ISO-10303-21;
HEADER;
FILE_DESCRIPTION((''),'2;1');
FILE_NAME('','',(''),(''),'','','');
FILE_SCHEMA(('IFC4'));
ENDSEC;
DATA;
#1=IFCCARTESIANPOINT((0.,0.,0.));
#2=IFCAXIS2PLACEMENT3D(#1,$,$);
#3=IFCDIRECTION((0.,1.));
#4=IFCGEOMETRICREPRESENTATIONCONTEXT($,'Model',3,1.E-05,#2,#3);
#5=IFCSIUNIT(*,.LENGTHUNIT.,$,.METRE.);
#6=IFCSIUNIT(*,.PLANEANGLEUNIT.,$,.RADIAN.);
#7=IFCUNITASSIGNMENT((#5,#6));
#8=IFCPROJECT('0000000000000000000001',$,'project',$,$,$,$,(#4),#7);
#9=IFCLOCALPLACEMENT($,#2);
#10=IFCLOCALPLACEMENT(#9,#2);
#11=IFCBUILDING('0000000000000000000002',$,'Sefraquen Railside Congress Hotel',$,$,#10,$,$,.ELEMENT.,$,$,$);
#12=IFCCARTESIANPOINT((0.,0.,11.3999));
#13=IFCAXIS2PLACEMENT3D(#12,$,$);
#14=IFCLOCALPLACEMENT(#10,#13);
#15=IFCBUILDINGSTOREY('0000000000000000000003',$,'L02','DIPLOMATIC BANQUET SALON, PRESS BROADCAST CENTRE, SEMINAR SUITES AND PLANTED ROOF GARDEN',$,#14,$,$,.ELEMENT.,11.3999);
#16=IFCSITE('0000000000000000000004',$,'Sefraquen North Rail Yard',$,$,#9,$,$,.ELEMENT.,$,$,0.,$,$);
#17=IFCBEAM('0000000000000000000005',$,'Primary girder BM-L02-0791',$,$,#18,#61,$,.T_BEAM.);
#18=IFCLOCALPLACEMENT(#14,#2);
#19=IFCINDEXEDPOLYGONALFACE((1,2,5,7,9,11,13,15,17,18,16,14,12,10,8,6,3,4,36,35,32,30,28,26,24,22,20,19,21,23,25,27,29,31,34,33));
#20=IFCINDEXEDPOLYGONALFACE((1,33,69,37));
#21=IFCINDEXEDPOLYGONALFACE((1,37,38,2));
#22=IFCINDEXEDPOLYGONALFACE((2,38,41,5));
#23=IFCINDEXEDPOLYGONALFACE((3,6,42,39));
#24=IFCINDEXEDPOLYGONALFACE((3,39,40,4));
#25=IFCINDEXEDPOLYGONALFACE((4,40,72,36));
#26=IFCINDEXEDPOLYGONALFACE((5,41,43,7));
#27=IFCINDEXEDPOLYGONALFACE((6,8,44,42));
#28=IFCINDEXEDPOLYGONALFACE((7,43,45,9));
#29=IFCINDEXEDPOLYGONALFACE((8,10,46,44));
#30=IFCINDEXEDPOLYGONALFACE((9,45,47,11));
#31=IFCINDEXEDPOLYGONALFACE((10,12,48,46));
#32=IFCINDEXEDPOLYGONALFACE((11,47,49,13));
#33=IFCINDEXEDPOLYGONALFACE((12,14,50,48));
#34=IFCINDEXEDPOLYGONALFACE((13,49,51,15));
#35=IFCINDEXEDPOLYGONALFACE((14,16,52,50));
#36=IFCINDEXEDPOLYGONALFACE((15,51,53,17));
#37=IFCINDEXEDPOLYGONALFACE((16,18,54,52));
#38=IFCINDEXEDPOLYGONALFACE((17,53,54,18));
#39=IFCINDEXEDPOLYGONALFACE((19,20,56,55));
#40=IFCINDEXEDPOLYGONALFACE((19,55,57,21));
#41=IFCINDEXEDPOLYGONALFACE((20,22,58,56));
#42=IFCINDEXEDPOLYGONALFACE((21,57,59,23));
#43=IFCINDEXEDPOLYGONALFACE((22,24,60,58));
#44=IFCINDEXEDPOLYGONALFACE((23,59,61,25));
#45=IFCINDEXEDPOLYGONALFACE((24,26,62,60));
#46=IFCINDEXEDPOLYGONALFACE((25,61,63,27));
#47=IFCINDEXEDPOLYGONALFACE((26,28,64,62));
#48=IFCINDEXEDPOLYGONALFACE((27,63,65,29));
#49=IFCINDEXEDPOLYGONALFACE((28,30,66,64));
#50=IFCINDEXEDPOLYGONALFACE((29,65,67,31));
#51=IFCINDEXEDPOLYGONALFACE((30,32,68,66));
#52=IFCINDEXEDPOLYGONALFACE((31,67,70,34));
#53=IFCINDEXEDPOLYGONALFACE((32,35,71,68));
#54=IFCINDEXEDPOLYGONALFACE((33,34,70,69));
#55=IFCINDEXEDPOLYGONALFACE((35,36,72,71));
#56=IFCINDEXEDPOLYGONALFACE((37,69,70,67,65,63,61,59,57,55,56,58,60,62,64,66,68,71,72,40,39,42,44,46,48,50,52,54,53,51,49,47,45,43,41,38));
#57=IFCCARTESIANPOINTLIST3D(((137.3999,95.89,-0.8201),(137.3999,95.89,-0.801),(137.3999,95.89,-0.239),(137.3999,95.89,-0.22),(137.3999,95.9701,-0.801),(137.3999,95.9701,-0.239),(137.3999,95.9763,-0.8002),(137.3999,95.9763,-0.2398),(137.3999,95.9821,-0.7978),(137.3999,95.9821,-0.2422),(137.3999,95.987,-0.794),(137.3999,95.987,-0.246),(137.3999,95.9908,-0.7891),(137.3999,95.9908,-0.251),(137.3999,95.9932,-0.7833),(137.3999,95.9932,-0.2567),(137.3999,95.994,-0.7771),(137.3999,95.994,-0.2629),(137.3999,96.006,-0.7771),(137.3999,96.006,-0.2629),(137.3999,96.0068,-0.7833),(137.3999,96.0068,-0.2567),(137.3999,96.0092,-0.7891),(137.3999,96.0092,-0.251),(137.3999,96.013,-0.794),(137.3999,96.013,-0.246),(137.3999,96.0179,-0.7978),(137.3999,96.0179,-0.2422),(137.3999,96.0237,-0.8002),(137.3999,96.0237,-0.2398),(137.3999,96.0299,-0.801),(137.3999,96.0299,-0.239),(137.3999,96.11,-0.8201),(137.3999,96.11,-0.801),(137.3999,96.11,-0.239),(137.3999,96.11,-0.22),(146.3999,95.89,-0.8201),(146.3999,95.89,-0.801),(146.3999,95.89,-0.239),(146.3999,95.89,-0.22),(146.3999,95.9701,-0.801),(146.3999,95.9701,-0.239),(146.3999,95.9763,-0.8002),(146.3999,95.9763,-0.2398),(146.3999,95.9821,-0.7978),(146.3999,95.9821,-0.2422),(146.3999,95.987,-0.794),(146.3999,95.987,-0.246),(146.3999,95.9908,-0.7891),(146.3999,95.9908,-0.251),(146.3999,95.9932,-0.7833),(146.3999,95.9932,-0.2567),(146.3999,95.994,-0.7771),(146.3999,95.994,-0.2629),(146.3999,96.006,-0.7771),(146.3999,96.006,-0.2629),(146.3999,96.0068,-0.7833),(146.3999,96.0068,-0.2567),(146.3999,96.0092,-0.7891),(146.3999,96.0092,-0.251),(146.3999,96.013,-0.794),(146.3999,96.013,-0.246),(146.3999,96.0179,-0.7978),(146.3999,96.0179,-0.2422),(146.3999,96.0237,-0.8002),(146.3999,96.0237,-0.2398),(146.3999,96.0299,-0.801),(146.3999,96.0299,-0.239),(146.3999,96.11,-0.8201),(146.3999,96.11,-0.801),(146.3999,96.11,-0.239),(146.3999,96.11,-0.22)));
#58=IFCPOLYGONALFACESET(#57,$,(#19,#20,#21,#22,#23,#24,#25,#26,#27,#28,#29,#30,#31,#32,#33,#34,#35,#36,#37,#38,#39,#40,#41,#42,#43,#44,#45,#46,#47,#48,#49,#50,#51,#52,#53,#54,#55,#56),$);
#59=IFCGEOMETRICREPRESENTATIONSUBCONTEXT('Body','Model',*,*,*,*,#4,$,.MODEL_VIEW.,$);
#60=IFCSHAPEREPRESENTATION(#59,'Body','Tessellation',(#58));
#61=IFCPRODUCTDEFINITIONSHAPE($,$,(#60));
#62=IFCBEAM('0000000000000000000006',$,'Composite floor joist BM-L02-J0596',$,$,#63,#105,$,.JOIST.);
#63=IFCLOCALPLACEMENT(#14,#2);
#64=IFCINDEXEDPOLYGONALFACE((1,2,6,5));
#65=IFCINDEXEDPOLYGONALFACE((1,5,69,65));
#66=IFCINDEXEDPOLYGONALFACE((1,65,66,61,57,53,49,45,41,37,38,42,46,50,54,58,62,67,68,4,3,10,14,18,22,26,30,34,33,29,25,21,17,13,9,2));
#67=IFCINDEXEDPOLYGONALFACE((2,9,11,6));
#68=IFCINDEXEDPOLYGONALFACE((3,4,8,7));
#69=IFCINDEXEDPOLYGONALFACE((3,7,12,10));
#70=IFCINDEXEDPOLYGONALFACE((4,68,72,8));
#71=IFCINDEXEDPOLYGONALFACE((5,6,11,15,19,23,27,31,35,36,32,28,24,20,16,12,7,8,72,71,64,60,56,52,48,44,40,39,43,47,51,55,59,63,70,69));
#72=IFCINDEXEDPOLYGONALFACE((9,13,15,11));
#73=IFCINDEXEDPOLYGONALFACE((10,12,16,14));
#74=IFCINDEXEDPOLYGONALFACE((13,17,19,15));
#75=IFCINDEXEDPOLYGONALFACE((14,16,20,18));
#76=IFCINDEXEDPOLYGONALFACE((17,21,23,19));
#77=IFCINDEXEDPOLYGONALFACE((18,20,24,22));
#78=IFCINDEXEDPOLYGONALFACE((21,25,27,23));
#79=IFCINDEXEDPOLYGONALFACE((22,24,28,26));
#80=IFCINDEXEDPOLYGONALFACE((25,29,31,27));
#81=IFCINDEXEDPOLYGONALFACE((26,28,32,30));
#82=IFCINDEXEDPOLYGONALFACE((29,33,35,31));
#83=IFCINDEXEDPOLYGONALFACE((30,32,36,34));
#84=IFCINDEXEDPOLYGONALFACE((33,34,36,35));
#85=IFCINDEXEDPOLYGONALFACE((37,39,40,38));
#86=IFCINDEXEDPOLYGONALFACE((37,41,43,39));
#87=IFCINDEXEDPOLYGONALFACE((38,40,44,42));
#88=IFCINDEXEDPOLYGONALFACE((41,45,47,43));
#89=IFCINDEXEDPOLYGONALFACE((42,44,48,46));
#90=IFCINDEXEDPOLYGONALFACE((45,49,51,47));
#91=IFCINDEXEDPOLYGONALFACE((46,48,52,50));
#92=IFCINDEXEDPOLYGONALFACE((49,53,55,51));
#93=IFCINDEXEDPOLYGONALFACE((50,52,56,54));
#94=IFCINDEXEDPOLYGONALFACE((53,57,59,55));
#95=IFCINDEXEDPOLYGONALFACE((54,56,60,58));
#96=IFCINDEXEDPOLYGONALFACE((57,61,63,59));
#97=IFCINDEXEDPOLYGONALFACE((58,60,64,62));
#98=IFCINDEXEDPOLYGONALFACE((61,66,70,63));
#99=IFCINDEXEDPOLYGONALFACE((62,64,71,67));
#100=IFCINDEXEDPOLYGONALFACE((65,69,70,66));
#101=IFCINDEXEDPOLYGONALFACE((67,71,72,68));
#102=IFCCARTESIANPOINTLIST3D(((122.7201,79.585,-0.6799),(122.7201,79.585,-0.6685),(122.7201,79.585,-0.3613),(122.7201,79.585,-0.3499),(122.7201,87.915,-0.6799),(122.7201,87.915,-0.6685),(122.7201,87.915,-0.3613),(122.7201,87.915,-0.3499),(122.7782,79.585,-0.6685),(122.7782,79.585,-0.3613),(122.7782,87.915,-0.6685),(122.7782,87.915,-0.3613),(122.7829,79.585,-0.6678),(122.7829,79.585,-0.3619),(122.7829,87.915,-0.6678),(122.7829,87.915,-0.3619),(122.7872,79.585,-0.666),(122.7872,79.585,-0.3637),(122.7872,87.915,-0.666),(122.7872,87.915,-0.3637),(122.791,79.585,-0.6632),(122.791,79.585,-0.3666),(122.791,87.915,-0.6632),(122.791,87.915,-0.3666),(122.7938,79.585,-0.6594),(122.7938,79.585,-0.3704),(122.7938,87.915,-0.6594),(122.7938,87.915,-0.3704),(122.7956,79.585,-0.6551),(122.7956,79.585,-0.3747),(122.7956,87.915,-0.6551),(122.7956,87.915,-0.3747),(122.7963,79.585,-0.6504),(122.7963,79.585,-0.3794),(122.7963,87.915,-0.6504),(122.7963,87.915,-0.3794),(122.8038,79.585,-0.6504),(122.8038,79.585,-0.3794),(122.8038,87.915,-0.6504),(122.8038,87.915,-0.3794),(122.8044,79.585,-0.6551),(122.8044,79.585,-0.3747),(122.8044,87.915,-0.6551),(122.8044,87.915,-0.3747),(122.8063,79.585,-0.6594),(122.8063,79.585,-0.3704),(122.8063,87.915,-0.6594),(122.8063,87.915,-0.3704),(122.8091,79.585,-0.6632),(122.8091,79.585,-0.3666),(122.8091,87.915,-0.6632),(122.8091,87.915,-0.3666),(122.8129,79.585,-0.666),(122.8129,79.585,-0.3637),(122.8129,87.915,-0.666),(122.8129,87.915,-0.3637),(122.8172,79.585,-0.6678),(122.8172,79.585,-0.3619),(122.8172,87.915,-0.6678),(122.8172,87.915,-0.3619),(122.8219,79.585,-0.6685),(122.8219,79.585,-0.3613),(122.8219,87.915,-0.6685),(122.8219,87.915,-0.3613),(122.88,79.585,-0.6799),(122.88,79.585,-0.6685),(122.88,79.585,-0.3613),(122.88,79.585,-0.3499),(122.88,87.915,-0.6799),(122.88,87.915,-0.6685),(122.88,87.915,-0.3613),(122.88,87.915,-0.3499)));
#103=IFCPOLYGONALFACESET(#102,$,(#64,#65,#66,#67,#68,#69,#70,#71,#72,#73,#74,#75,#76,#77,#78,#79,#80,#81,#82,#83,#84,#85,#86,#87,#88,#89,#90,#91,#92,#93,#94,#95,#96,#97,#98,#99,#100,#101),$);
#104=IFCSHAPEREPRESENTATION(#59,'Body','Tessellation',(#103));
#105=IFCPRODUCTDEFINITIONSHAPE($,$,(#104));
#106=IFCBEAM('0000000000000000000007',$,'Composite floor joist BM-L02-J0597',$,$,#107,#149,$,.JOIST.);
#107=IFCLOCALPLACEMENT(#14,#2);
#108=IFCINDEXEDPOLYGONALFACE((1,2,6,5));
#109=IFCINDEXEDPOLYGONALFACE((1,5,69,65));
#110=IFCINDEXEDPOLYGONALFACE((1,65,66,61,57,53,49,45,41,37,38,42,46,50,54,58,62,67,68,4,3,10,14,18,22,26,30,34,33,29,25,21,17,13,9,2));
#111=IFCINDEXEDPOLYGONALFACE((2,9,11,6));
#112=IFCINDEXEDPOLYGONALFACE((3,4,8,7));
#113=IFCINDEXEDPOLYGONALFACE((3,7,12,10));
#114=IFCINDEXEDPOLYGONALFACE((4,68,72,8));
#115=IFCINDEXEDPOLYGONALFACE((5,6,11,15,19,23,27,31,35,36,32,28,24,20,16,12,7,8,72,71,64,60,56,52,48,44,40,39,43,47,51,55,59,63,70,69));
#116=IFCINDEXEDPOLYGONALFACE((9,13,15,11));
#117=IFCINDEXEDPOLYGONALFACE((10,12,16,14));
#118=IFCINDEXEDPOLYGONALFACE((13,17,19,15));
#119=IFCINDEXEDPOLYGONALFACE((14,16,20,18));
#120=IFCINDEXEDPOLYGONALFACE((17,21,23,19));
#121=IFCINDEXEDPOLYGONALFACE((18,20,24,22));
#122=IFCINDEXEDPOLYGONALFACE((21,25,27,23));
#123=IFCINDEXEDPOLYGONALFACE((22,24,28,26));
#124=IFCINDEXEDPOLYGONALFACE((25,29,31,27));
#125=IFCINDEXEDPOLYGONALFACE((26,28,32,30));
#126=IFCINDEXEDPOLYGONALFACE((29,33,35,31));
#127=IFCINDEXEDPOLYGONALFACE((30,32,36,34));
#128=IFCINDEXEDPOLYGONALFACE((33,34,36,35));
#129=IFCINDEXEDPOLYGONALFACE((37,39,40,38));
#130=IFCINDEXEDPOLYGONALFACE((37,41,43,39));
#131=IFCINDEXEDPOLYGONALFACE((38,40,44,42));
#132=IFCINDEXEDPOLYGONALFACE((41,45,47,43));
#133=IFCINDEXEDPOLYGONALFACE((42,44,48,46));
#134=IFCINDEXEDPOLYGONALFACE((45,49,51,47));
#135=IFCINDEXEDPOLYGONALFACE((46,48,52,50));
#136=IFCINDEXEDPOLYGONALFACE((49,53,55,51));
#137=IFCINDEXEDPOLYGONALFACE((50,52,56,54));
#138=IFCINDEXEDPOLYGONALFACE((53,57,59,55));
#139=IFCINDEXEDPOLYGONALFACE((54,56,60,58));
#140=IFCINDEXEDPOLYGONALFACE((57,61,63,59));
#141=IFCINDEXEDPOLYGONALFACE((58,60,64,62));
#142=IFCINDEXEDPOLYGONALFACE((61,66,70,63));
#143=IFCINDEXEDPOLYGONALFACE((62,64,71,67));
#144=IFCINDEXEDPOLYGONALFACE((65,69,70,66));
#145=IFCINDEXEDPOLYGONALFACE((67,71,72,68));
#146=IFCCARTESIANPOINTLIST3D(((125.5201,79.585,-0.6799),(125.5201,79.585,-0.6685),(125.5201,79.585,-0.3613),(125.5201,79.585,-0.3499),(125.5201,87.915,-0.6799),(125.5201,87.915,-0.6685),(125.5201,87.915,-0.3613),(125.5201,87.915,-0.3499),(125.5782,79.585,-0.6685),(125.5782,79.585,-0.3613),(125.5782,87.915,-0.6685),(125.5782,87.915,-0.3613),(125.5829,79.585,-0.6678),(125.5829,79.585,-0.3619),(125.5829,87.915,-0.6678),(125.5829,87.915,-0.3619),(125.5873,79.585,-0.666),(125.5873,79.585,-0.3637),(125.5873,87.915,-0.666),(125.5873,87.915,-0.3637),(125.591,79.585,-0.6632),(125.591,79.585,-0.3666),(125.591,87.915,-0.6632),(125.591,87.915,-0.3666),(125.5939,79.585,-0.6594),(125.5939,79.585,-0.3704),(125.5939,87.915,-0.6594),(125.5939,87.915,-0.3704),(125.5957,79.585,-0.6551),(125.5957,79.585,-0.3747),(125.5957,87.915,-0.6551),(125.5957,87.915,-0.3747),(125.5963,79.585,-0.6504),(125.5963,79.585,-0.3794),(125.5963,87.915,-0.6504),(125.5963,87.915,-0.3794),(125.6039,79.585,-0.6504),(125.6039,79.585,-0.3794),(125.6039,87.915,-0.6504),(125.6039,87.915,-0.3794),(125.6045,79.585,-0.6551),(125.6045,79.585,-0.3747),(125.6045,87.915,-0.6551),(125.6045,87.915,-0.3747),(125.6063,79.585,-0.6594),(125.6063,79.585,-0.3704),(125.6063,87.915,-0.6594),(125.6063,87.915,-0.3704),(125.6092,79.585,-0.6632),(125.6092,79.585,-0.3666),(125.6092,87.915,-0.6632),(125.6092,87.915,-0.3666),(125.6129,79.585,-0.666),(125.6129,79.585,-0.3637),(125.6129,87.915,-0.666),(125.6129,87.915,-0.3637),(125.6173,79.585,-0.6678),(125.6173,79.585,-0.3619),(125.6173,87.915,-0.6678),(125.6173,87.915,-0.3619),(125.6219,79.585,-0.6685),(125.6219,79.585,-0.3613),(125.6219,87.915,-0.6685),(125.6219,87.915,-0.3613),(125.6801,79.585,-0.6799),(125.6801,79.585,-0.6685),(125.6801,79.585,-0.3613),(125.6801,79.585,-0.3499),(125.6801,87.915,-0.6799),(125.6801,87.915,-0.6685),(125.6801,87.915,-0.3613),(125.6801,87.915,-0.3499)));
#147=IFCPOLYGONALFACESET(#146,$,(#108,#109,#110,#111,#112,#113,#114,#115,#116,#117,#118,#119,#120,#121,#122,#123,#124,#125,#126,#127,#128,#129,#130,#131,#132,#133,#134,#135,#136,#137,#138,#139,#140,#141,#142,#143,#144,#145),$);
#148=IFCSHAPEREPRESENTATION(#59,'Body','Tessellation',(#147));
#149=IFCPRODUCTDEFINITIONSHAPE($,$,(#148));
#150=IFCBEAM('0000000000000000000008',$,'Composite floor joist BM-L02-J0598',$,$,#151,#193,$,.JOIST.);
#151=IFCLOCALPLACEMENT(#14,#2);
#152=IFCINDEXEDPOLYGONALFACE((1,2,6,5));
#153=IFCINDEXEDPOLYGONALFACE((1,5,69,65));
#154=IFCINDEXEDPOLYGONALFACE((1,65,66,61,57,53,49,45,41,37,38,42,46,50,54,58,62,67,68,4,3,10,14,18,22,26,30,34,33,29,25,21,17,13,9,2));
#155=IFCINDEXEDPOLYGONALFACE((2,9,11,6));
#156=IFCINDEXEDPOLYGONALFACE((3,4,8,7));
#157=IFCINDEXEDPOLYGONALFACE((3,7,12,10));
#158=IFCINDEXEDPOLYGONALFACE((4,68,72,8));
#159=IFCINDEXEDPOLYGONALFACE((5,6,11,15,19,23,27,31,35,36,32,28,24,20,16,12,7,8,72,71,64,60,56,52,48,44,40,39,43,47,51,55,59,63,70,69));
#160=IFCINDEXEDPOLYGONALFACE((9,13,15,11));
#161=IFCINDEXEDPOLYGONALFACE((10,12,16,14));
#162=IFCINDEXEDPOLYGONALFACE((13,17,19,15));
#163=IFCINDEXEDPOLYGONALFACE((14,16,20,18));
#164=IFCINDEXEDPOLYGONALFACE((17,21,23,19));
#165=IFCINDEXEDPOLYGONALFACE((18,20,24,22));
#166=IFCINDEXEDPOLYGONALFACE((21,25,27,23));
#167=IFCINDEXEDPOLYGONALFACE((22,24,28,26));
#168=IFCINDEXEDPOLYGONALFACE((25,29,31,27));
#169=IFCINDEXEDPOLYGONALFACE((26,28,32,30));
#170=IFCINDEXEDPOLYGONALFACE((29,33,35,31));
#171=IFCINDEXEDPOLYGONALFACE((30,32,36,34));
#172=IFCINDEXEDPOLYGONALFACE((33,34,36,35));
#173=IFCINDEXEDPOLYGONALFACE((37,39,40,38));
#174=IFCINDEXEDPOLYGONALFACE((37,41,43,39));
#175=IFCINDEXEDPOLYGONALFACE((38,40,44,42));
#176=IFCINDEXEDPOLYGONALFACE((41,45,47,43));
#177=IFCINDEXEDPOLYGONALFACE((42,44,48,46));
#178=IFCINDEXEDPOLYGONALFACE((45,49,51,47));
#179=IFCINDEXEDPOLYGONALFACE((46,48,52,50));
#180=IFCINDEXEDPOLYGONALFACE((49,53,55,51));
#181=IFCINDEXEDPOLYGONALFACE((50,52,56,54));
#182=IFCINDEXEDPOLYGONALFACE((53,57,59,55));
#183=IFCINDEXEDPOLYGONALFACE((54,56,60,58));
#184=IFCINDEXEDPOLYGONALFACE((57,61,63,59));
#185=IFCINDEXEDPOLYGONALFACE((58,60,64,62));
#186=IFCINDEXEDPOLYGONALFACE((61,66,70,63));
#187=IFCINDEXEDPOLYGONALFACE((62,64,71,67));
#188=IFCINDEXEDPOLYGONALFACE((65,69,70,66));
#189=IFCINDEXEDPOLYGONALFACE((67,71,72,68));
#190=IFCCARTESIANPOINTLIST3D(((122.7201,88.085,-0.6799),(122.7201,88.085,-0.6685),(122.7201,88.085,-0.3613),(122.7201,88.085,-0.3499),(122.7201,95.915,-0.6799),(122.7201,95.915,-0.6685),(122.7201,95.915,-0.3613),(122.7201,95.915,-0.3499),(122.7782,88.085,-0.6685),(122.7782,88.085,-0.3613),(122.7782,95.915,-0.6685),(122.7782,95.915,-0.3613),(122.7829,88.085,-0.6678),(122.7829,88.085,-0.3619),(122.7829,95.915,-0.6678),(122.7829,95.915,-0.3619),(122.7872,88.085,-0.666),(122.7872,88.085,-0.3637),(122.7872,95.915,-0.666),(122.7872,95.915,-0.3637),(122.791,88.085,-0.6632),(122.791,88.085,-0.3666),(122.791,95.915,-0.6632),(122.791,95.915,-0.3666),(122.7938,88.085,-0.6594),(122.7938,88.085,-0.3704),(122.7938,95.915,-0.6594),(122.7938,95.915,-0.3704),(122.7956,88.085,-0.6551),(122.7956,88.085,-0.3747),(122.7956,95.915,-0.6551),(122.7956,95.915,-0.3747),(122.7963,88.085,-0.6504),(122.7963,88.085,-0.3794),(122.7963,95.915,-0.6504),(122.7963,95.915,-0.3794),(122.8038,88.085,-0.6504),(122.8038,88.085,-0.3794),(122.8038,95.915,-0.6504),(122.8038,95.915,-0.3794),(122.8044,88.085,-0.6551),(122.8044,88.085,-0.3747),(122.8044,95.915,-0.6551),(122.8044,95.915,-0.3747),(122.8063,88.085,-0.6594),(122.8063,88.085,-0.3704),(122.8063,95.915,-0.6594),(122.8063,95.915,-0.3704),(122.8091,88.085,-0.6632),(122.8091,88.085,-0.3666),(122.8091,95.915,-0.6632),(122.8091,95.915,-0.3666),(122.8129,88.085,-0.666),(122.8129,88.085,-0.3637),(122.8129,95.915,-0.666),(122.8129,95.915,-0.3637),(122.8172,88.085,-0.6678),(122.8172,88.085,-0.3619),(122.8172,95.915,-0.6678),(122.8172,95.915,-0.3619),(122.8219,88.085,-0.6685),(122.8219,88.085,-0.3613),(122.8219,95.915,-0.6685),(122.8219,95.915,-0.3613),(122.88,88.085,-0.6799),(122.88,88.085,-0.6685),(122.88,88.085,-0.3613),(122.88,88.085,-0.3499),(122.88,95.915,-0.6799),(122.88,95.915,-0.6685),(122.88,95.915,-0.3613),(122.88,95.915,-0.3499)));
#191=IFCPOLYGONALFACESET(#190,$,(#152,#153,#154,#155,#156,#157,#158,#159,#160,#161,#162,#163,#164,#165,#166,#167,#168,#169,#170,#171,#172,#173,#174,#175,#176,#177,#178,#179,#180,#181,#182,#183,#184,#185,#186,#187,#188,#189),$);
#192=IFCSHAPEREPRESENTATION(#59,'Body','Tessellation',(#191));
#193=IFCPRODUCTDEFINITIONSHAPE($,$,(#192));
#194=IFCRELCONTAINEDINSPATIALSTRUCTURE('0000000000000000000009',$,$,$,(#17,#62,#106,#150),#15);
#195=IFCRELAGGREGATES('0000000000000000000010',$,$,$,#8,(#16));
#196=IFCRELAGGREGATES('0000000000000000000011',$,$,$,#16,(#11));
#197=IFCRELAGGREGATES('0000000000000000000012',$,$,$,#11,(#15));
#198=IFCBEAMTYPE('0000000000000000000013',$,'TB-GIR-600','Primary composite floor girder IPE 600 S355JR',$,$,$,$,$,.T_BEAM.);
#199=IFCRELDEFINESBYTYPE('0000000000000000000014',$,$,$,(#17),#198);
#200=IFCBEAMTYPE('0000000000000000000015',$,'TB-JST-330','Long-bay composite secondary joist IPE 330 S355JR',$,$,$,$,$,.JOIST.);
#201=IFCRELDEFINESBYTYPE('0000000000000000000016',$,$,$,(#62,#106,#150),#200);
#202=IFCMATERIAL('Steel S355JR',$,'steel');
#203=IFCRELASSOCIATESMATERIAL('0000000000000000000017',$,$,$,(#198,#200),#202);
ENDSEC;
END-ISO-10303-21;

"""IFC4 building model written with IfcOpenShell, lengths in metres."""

from ifc_helpers import new_model, si_unit, direction, frame, origin, origin_2d, place, context, subcontext, project, spatial, i_section, extrude, material, material_profile, profile_set, type_object, element, save


model = new_model("IFC4")

# Units and contexts
model_context = context("Model", 3, precision=1e-05, world=origin(), true_north=direction((0.0, 1.0)))
body_context = subcontext(model_context, "Body", "Model", "MODEL_VIEW")
ifc_project = project(units=[si_unit("LENGTHUNIT", "METRE"), si_unit("PLANEANGLEUNIT", "RADIAN")], contexts=[model_context])

# Site, building, storey
site_placement = place(None, origin())
site = spatial("IfcSite", under=ifc_project, at=site_placement, Name="Sefraquen North Rail Yard", CompositionType="ELEMENT", RefElevation=0.0)
building_placement = place(site_placement, origin())
building = spatial("IfcBuilding", under=site, at=building_placement, Name="Sefraquen Railside Congress Hotel", CompositionType="ELEMENT")
storey_placement = place(building_placement, frame((0.0, 0.0, 11.3999)))
storey = spatial("IfcBuildingStorey", under=building, at=storey_placement, Name="L02", Description="DIPLOMATIC BANQUET SALON, PRESS BROADCAST CENTRE, SEMINAR SUITES AND PLANTED ROOF GARDEN", CompositionType="ELEMENT", Elevation=11.3999)

# Shared definitions
ifc_material_1 = material(Name="Steel S355JR", Category="steel")

# Beams
ifc_material_profile_1 = material_profile(ifc_material_1, i_section(OverallWidth=0.22, OverallDepth=0.6001, WebThickness=0.012, FlangeThickness=0.019, FilletRadius=0.0239, at=origin_2d()), Name="IPE 600")
ifc_profile_set_1 = profile_set([ifc_material_profile_1], Name="Steel S355JR")
beam_type_1 = type_object("IfcBeamType", Name="TB-GIR-600", Description="Primary composite floor girder IPE 600 S355JR", PredefinedType="T_BEAM", material=ifc_profile_set_1)
for number, where, z_axis, x_axis, name in (
    (1, (137.3999, 96.0, -0.52), (1.0, 0.0, 0.0), (0.0, 1.0, 0.0), "Primary girder BM-L02-0791"),
):
    element("IfcBeam", number, at=place(storey_placement, frame(where, z_axis=z_axis, x_axis=x_axis)), inside=storey, type_object=beam_type_1, Name=name, PredefinedType="T_BEAM", context=body_context, shape_type="SweptSolid", body=[
        extrude(i_section(OverallWidth=0.22, OverallDepth=0.6001, WebThickness=0.012, FlangeThickness=0.019, FilletRadius=0.0239, at=origin_2d()), origin(), (0.0, 0.0, 1.0), 9.0),
    ])
ifc_material_profile_2 = material_profile(ifc_material_1, i_section(OverallWidth=0.1599, OverallDepth=0.3301, WebThickness=0.0076, FlangeThickness=0.0115, FilletRadius=0.0181, at=origin_2d()), Name="IPE 330")
ifc_profile_set_2 = profile_set([ifc_material_profile_2], Name="Steel S355JR")
beam_type_2 = type_object("IfcBeamType", Name="TB-JST-330", Description="Long-bay composite secondary joist IPE 330 S355JR", PredefinedType="JOIST", material=ifc_profile_set_2)
for number, where, z_axis, x_axis, name in (
    (2, (122.8, 79.585, -0.5149), (0.0, 1.0, 0.0), (-1.0, 0.0, 0.0), "Composite floor joist BM-L02-J0596"),
    (3, (125.6001, 79.585, -0.5149), (0.0, 1.0, 0.0), (-1.0, 0.0, 0.0), "Composite floor joist BM-L02-J0597"),
):
    element("IfcBeam", number, at=place(storey_placement, frame(where, z_axis=z_axis, x_axis=x_axis)), inside=storey, type_object=beam_type_2, Name=name, PredefinedType="JOIST", context=body_context, shape_type="SweptSolid", body=[
        extrude(i_section(OverallWidth=0.1599, OverallDepth=0.3301, WebThickness=0.0076, FlangeThickness=0.0115, FilletRadius=0.0181, at=origin_2d()), origin(), (0.0, 0.0, 1.0), 8.3301),
    ])
for number, where, z_axis, x_axis, name in (
    (4, (122.8, 88.085, -0.5149), (0.0, 1.0, 0.0), (-1.0, 0.0, 0.0), "Composite floor joist BM-L02-J0598"),
):
    element("IfcBeam", number, at=place(storey_placement, frame(where, z_axis=z_axis, x_axis=x_axis)), inside=storey, type_object=beam_type_2, Name=name, PredefinedType="JOIST", context=body_context, shape_type="SweptSolid", body=[
        extrude(i_section(OverallWidth=0.1599, OverallDepth=0.3301, WebThickness=0.0076, FlangeThickness=0.0115, FilletRadius=0.0181, at=origin_2d()), origin(), (0.0, 0.0, 1.0), 7.8301),
    ])

save(model, "model.ifc")
